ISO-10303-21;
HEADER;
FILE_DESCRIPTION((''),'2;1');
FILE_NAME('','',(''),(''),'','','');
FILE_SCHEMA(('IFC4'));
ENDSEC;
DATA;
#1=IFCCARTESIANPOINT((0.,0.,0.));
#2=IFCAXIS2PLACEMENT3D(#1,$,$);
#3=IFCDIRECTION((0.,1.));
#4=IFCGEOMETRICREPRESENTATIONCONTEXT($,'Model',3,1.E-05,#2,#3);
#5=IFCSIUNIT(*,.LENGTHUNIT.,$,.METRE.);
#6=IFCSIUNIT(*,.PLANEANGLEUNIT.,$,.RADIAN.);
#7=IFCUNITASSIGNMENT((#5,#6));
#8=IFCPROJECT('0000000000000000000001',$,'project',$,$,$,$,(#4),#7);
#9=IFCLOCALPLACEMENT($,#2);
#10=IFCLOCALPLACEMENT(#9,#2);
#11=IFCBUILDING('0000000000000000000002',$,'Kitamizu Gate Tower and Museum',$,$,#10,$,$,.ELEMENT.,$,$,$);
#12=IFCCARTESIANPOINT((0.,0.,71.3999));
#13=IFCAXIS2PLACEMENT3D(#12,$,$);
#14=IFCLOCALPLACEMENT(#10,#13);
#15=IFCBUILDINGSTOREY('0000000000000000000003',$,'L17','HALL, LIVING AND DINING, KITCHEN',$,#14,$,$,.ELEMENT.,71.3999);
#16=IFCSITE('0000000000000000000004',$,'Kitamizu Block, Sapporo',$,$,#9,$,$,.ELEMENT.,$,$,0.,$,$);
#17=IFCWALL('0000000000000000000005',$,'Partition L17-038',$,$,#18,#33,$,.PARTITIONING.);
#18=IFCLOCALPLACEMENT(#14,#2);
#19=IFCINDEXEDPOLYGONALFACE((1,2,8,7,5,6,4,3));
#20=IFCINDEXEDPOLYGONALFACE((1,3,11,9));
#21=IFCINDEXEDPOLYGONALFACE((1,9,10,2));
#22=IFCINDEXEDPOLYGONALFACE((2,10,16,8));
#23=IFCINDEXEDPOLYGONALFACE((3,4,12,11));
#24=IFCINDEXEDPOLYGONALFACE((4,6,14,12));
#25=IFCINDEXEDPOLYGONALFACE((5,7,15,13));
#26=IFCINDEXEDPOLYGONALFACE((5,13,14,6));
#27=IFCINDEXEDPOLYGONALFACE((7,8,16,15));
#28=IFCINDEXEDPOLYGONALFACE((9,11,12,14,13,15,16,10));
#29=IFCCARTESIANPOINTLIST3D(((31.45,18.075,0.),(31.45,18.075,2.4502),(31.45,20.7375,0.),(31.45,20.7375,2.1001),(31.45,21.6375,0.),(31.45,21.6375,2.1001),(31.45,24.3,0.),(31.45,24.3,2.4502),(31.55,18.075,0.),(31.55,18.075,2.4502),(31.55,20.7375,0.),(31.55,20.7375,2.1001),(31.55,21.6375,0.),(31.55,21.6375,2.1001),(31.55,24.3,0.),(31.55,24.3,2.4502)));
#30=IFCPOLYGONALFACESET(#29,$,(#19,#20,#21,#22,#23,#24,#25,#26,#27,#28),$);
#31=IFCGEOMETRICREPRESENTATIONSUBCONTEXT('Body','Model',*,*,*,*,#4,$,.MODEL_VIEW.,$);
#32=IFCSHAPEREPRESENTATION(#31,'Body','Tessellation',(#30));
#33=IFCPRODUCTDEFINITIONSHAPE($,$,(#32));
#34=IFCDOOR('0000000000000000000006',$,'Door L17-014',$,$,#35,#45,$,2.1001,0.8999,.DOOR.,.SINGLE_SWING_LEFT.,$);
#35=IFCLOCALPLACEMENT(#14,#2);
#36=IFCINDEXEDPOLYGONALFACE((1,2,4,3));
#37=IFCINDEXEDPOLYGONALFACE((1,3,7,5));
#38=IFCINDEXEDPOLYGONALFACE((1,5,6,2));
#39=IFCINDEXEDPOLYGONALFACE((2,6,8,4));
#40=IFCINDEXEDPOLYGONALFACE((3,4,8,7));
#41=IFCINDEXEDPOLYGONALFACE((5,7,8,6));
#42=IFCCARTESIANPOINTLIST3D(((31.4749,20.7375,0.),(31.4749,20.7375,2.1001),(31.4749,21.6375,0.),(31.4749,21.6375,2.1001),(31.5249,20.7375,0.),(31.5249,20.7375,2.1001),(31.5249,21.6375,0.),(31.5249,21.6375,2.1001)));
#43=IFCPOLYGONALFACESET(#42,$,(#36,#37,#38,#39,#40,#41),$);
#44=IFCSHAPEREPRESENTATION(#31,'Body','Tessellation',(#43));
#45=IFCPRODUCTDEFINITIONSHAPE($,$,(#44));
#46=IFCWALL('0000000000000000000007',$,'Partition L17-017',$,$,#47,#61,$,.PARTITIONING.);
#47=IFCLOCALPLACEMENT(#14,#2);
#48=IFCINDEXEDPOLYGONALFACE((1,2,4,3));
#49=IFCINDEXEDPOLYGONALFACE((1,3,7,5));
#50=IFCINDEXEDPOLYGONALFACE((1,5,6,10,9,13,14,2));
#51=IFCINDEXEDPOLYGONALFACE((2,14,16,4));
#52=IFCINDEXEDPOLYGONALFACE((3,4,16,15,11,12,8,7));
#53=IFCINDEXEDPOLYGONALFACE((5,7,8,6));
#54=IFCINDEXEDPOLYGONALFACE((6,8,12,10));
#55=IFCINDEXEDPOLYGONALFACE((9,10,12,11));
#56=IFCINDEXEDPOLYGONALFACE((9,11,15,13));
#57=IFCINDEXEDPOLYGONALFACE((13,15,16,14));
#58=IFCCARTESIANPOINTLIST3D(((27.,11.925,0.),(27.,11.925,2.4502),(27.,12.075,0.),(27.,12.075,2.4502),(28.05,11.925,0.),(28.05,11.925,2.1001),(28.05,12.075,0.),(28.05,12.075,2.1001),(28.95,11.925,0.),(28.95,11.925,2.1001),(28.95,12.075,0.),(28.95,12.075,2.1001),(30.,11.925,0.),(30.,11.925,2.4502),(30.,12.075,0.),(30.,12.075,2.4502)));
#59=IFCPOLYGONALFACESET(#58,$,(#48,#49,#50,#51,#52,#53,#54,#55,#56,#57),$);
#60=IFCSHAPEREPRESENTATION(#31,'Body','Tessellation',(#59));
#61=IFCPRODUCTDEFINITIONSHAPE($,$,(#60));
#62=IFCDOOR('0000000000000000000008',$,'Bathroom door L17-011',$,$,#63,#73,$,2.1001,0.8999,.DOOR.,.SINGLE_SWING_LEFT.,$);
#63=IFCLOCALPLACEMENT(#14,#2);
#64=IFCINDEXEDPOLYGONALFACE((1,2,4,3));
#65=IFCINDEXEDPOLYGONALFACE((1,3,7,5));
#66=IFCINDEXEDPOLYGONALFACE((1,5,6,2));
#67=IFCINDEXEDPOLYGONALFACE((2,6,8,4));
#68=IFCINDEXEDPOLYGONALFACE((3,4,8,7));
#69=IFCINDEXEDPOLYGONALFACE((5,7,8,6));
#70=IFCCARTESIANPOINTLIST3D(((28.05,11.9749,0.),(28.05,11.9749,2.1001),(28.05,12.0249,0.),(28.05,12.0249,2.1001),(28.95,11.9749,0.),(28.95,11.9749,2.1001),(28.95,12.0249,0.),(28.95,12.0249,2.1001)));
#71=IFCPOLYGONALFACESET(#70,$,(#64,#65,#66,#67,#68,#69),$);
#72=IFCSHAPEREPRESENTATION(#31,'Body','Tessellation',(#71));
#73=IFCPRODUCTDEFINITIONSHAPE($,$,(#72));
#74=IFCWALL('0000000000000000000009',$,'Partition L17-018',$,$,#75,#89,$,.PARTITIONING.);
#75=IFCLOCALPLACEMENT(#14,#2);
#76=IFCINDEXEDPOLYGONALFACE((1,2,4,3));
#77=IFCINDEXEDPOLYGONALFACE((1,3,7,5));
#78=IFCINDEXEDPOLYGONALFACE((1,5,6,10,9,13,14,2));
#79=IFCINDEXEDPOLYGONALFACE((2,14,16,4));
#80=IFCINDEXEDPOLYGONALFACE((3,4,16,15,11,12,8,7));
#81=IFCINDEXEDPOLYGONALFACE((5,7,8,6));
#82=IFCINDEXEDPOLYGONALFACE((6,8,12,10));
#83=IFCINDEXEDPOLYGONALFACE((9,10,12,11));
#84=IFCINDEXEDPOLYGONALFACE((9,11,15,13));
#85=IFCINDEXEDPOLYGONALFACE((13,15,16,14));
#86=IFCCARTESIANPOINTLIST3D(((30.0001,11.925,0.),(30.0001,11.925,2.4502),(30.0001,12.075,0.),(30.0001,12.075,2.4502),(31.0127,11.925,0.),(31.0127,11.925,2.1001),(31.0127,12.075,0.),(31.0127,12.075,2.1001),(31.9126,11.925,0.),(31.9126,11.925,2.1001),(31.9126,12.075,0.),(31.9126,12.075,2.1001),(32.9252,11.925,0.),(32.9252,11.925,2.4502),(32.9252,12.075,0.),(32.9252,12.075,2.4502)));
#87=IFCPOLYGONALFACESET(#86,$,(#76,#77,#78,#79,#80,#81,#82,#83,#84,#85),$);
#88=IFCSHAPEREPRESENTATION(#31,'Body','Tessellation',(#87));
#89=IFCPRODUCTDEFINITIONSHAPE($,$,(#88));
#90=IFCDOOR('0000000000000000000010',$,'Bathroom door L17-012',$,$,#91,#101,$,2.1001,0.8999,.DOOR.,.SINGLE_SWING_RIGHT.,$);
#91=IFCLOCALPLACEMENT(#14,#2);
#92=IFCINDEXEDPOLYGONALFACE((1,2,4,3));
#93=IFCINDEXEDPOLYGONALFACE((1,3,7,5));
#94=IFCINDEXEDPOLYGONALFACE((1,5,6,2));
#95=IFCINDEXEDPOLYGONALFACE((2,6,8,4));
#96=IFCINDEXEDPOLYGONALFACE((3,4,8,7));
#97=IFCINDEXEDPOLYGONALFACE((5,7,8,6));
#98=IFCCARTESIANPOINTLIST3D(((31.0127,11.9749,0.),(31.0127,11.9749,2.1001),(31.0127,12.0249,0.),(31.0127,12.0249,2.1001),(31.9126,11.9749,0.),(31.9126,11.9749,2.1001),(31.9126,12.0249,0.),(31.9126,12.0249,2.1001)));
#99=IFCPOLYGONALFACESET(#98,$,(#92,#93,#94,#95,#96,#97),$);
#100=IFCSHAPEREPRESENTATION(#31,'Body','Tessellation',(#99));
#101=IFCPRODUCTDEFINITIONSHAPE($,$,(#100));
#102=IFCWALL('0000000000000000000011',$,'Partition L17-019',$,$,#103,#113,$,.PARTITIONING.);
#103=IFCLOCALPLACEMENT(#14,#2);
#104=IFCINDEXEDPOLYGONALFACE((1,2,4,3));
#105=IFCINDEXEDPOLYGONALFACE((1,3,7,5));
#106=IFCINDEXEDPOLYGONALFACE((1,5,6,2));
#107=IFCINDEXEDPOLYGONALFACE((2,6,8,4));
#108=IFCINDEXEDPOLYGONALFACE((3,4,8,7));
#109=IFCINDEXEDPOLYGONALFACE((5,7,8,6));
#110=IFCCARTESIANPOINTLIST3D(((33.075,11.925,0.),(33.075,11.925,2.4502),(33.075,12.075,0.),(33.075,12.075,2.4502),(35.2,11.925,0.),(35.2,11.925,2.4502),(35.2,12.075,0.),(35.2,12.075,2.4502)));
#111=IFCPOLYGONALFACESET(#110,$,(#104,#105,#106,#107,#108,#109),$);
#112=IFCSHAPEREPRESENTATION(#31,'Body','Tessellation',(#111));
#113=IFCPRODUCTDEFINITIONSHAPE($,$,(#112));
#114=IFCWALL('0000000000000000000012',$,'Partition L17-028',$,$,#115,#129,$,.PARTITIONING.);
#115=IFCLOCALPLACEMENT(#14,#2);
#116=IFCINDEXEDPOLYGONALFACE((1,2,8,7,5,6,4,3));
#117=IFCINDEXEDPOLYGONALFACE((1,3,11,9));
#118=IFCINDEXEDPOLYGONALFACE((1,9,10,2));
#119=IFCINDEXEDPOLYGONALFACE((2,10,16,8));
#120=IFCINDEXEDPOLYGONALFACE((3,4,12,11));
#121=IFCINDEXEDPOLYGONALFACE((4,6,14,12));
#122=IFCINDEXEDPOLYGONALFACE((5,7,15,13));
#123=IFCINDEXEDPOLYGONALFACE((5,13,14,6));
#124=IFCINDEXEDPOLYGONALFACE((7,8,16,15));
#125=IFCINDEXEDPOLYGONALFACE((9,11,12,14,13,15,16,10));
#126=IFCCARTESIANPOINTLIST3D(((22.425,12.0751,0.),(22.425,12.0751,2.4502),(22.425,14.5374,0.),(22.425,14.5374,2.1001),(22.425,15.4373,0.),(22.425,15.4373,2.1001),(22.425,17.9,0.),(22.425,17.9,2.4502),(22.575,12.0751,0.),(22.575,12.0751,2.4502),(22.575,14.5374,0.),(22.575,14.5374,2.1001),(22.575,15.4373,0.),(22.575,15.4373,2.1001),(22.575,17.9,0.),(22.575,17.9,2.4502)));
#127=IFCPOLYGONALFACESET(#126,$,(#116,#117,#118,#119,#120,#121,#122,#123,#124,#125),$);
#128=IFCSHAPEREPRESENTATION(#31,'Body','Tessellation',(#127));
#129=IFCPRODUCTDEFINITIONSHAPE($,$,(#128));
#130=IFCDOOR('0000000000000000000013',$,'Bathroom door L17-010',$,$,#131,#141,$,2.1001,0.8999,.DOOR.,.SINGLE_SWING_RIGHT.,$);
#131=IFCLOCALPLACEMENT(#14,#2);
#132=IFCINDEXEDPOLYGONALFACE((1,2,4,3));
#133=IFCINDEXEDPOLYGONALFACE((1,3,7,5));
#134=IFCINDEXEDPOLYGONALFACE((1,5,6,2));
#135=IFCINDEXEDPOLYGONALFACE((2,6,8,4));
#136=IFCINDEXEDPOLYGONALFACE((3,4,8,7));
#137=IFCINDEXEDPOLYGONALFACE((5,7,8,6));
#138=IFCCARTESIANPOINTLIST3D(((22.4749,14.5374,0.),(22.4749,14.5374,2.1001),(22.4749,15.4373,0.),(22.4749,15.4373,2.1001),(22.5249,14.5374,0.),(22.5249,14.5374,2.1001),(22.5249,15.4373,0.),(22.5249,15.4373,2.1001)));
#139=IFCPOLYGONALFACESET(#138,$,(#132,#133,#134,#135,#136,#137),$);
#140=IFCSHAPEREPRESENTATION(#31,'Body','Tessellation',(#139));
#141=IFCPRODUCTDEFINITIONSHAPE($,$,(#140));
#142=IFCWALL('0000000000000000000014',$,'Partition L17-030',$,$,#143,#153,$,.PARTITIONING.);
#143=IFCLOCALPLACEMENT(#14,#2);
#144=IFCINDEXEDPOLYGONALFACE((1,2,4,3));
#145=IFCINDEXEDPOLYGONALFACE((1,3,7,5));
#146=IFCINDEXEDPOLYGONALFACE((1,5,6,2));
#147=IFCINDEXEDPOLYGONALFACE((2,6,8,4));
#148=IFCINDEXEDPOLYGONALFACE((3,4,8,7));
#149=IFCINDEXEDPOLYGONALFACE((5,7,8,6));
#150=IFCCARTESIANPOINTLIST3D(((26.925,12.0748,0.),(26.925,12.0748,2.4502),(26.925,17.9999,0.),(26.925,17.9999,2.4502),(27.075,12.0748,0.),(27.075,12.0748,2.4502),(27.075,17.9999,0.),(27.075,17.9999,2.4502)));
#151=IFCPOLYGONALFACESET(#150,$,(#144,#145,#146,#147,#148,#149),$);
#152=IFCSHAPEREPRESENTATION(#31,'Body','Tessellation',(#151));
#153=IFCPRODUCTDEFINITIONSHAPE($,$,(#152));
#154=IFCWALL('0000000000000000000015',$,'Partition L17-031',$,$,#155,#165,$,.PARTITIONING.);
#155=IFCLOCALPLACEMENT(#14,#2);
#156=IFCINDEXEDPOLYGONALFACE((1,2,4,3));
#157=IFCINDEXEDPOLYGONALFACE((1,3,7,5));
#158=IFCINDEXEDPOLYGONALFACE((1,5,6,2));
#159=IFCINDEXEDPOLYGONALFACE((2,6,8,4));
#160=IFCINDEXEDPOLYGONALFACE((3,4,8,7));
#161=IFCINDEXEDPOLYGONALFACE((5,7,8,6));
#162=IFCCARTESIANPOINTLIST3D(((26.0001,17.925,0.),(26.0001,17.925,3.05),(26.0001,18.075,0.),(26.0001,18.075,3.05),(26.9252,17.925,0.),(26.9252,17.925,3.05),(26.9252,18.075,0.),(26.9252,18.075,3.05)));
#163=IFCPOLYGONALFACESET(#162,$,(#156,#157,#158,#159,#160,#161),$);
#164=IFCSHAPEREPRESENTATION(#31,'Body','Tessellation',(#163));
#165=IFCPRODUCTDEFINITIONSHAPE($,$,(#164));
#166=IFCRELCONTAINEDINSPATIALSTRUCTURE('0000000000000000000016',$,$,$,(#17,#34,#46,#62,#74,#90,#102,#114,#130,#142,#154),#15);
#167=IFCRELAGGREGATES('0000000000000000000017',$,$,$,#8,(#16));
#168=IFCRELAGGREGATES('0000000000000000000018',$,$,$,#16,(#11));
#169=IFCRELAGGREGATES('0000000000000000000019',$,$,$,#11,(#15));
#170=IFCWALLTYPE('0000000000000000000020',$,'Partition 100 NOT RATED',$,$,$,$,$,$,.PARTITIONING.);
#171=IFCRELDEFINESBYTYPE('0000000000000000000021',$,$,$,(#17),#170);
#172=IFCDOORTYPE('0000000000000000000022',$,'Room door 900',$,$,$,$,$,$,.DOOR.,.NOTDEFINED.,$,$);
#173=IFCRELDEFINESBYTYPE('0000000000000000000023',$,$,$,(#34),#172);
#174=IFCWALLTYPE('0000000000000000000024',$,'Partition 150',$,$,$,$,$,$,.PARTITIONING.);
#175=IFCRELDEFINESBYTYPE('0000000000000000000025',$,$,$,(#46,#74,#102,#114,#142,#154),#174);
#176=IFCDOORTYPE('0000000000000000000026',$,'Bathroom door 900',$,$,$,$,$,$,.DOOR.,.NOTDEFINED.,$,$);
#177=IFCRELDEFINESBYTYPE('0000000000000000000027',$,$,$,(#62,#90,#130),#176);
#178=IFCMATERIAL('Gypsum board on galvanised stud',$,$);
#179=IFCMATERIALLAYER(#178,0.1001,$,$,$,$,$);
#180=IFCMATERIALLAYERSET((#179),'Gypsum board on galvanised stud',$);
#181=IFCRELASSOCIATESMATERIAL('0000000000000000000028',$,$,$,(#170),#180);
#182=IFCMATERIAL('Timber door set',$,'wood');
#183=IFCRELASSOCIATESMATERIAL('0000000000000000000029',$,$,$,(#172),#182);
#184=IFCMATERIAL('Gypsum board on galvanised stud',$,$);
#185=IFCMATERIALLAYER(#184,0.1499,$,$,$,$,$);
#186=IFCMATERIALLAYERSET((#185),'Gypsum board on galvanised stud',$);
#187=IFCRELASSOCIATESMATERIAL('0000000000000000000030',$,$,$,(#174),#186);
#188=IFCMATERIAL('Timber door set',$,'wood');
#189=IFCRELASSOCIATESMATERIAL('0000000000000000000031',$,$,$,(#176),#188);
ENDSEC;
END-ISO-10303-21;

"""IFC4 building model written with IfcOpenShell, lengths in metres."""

from ifc_helpers import new_model, si_unit, direction, frame, frame_2d, origin, place, context, subcontext, project, spatial, rectangle, extrude, material, layer, layer_set, type_object, element, fill, save


model = new_model("IFC4")

# Units and contexts
model_context = context("Model", 3, precision=1e-05, world=origin(), true_north=direction((0.0, 1.0)))
body_context = subcontext(model_context, "Body", "Model", "MODEL_VIEW")
ifc_project = project(units=[si_unit("LENGTHUNIT", "METRE"), si_unit("PLANEANGLEUNIT", "RADIAN")], contexts=[model_context])

# Site, building, storey
site_placement = place(None, origin())
site = spatial("IfcSite", under=ifc_project, at=site_placement, Name="Kitamizu Block, Sapporo", CompositionType="ELEMENT", RefElevation=0.0)
building_placement = place(site_placement, origin())
building = spatial("IfcBuilding", under=site, at=building_placement, Name="Kitamizu Gate Tower and Museum", CompositionType="ELEMENT")
storey_placement = place(building_placement, frame((0.0, 0.0, 71.3999)))
storey = spatial("IfcBuildingStorey", under=building, at=storey_placement, Name="L17", Description="HALL, LIVING AND DINING, KITCHEN", CompositionType="ELEMENT", Elevation=71.3999)

# Walls, openings, doors
ifc_material_1 = material(Name="Gypsum board on galvanised stud")
ifc_layer_1 = layer(ifc_material_1, 0.1001)
ifc_layer_set_1 = layer_set([ifc_layer_1], Name="Gypsum board on galvanised stud")
wall_type_1 = type_object("IfcWallType", Name="Partition 100 NOT RATED", PredefinedType="PARTITIONING", material=ifc_layer_set_1)
wall_1_placement = place(storey_placement, frame((31.5, 18.075, 0.0), z_axis=(0.0, 0.0, 1.0), x_axis=(0.0, 1.0, 0.0)))
wall_1 = element("IfcWall", 1, at=wall_1_placement, inside=storey, type_object=wall_type_1, Name="Partition L17-038", PredefinedType="PARTITIONING", context=body_context, shape_type="SweptSolid", body=[
    extrude(rectangle(XDim=6.2251, YDim=0.1001, at=frame_2d((3.1125, 0.0))), origin(), (0.0, 0.0, 1.0), 2.4502),
])
opening_1_placement = place(wall_1_placement, frame((2.6626, 0.0, 0.0)))
opening_1 = element("IfcOpeningElement", 2, at=opening_1_placement, cuts=wall_1, PredefinedType="OPENING", context=body_context, shape_type="SweptSolid", body=[
    extrude(rectangle(XDim=0.8999, YDim=2.1001, at=frame_2d((0.45, 1.05))), frame((0.0, 0.0601, 0.0), z_axis=(0.0, -1.0, 0.0), x_axis=(1.0, 0.0, 0.0)), (0.0, 0.0, 1.0), 0.1201),
])
ifc_material_2 = material(Name="Timber door set", Category="wood")
door_type_1 = type_object("IfcDoorType", Name="Room door 900", OperationType="NOTDEFINED", PredefinedType="DOOR", material=ifc_material_2)
door_1_placement = place(opening_1_placement, frame((0.8999, 0.0, 0.0), x_axis=(-1.0, 0.0, 0.0)))
door_1 = element("IfcDoor", 3, at=door_1_placement, inside=storey, type_object=door_type_1, Name="Door L17-014", OperationType="SINGLE_SWING_LEFT", OverallHeight=2.1001, OverallWidth=0.8999, PredefinedType="DOOR", context=body_context, shape_type="SweptSolid", body=[
    extrude(rectangle(XDim=0.8999, YDim=2.1001, at=frame_2d((0.45, 1.05))), frame((0.0, 0.0249, 0.0), z_axis=(0.0, -1.0, 0.0), x_axis=(1.0, 0.0, 0.0)), (0.0, 0.0, 1.0), 0.05),
])
fill(opening_1, door_1)
ifc_material_3 = material(Name="Gypsum board on galvanised stud")
ifc_layer_2 = layer(ifc_material_3, 0.1499)
ifc_layer_set_2 = layer_set([ifc_layer_2], Name="Gypsum board on galvanised stud")
wall_type_2 = type_object("IfcWallType", Name="Partition 150", PredefinedType="PARTITIONING", material=ifc_layer_set_2)
wall_2_placement = place(storey_placement, frame((30.0, 12.0, 0.0), z_axis=(0.0, 0.0, 1.0), x_axis=(-1.0, 0.0, 0.0)))
wall_2 = element("IfcWall", 4, at=wall_2_placement, inside=storey, type_object=wall_type_2, Name="Partition L17-017", PredefinedType="PARTITIONING", context=body_context, shape_type="SweptSolid", body=[
    extrude(rectangle(XDim=3.0, YDim=0.1499, at=frame_2d((1.5, 0.0))), origin(), (0.0, 0.0, 1.0), 2.4502),
])
opening_2_placement = place(wall_2_placement, frame((1.05, 0.0, 0.0)))
opening_2 = element("IfcOpeningElement", 5, at=opening_2_placement, cuts=wall_2, PredefinedType="OPENING", context=body_context, shape_type="SweptSolid", body=[
    extrude(rectangle(XDim=0.8999, YDim=2.1001, at=frame_2d((0.45, 1.05))), frame((0.0, 0.085, 0.0), z_axis=(0.0, -1.0, 0.0), x_axis=(1.0, 0.0, 0.0)), (0.0, 0.0, 1.0), 0.1699),
])
ifc_material_4 = material(Name="Timber door set", Category="wood")
door_type_2 = type_object("IfcDoorType", Name="Bathroom door 900", OperationType="NOTDEFINED", PredefinedType="DOOR", material=ifc_material_4)
door_2_placement = place(opening_2_placement, frame((0.8999, 0.0, 0.0), x_axis=(-1.0, 0.0, 0.0)))
door_2 = element("IfcDoor", 6, at=door_2_placement, inside=storey, type_object=door_type_2, Name="Bathroom door L17-011", OperationType="SINGLE_SWING_LEFT", OverallHeight=2.1001, OverallWidth=0.8999, PredefinedType="DOOR", context=body_context, shape_type="SweptSolid", body=[
    extrude(rectangle(XDim=0.8999, YDim=2.1001, at=frame_2d((0.45, 1.05))), frame((0.0, 0.0249, 0.0), z_axis=(0.0, -1.0, 0.0), x_axis=(1.0, 0.0, 0.0)), (0.0, 0.0, 1.0), 0.05),
])
fill(opening_2, door_2)
wall_3_placement = place(storey_placement, frame((32.925, 12.0, 0.0), z_axis=(0.0, 0.0, 1.0), x_axis=(-1.0, 0.0, 0.0)))
wall_3 = element("IfcWall", 7, at=wall_3_placement, inside=storey, type_object=wall_type_2, Name="Partition L17-018", PredefinedType="PARTITIONING", context=body_context, shape_type="SweptSolid", body=[
    extrude(rectangle(XDim=2.925, YDim=0.1499, at=frame_2d((1.4624, 0.0))), origin(), (0.0, 0.0, 1.0), 2.4502),
])
opening_3_placement = place(wall_3_placement, frame((1.0125, 0.0, 0.0)))
opening_3 = element("IfcOpeningElement", 8, at=opening_3_placement, cuts=wall_3, PredefinedType="OPENING", context=body_context, shape_type="SweptSolid", body=[
    extrude(rectangle(XDim=0.8999, YDim=2.1001, at=frame_2d((0.45, 1.05))), frame((0.0, 0.085, 0.0), z_axis=(0.0, -1.0, 0.0), x_axis=(1.0, 0.0, 0.0)), (0.0, 0.0, 1.0), 0.1699),
])
door_3_placement = place(opening_3_placement, frame((0.8999, 0.0, 0.0), x_axis=(-1.0, 0.0, 0.0)))
door_3 = element("IfcDoor", 9, at=door_3_placement, inside=storey, type_object=door_type_2, Name="Bathroom door L17-012", OperationType="SINGLE_SWING_RIGHT", OverallHeight=2.1001, OverallWidth=0.8999, PredefinedType="DOOR", context=body_context, shape_type="SweptSolid", body=[
    extrude(rectangle(XDim=0.8999, YDim=2.1001, at=frame_2d((0.45, 1.05))), frame((0.0, 0.0249, 0.0), z_axis=(0.0, -1.0, 0.0), x_axis=(1.0, 0.0, 0.0)), (0.0, 0.0, 1.0), 0.05),
])
fill(opening_3, door_3)

# Wall
wall_4_placement = place(storey_placement, frame((35.2, 12.0, 0.0), z_axis=(0.0, 0.0, 1.0), x_axis=(-1.0, 0.0, 0.0)))
element("IfcWall", 10, at=wall_4_placement, inside=storey, type_object=wall_type_2, Name="Partition L17-019", PredefinedType="PARTITIONING", context=body_context, shape_type="SweptSolid", body=[
    extrude(rectangle(XDim=2.125, YDim=0.1499, at=frame_2d((1.0625, 0.0))), origin(), (0.0, 0.0, 1.0), 2.4502),
])

# Wall, opening, door
wall_5_placement = place(storey_placement, frame((22.5, 12.075, 0.0), z_axis=(0.0, 0.0, 1.0), x_axis=(0.0, 1.0, 0.0)))
wall_5 = element("IfcWall", 11, at=wall_5_placement, inside=storey, type_object=wall_type_2, Name="Partition L17-028", PredefinedType="PARTITIONING", context=body_context, shape_type="SweptSolid", body=[
    extrude(rectangle(XDim=5.825, YDim=0.1499, at=frame_2d((2.9126, 0.0))), origin(), (0.0, 0.0, 1.0), 2.4502),
])
opening_4_placement = place(wall_5_placement, frame((2.4624, 0.0, 0.0)))
opening_4 = element("IfcOpeningElement", 12, at=opening_4_placement, cuts=wall_5, PredefinedType="OPENING", context=body_context, shape_type="SweptSolid", body=[
    extrude(rectangle(XDim=0.8999, YDim=2.1001, at=frame_2d((0.45, 1.05))), frame((0.0, 0.085, 0.0), z_axis=(0.0, -1.0, 0.0), x_axis=(1.0, 0.0, 0.0)), (0.0, 0.0, 1.0), 0.1699),
])
door_4_placement = place(opening_4_placement, frame((0.8999, 0.0, 0.0), x_axis=(-1.0, 0.0, 0.0)))
door_4 = element("IfcDoor", 13, at=door_4_placement, inside=storey, type_object=door_type_2, Name="Bathroom door L17-010", OperationType="SINGLE_SWING_RIGHT", OverallHeight=2.1001, OverallWidth=0.8999, PredefinedType="DOOR", context=body_context, shape_type="SweptSolid", body=[
    extrude(rectangle(XDim=0.8999, YDim=2.1001, at=frame_2d((0.45, 1.05))), frame((0.0, 0.0249, 0.0), z_axis=(0.0, -1.0, 0.0), x_axis=(1.0, 0.0, 0.0)), (0.0, 0.0, 1.0), 0.05),
])
fill(opening_4, door_4)

# Walls
wall_6_placement = place(storey_placement, frame((27.0, 12.075, 0.0), z_axis=(0.0, 0.0, 1.0), x_axis=(0.0, 1.0, 0.0)))
element("IfcWall", 14, at=wall_6_placement, inside=storey, type_object=wall_type_2, Name="Partition L17-030", PredefinedType="PARTITIONING", context=body_context, shape_type="SweptSolid", body=[
    extrude(rectangle(XDim=5.925, YDim=0.1499, at=frame_2d((2.9624, 0.0))), origin(), (0.0, 0.0, 1.0), 2.4502),
])
wall_7_placement = place(storey_placement, frame((26.925, 18.0, 0.0), z_axis=(0.0, 0.0, 1.0), x_axis=(-1.0, 0.0, 0.0)))
element("IfcWall", 15, at=wall_7_placement, inside=storey, type_object=wall_type_2, Name="Partition L17-031", PredefinedType="PARTITIONING", context=body_context, shape_type="SweptSolid", body=[
    extrude(rectangle(XDim=0.925, YDim=0.1499, at=frame_2d((0.4624, 0.0))), origin(), (0.0, 0.0, 1.0), 3.05),
])

save(model, "model.ifc")
